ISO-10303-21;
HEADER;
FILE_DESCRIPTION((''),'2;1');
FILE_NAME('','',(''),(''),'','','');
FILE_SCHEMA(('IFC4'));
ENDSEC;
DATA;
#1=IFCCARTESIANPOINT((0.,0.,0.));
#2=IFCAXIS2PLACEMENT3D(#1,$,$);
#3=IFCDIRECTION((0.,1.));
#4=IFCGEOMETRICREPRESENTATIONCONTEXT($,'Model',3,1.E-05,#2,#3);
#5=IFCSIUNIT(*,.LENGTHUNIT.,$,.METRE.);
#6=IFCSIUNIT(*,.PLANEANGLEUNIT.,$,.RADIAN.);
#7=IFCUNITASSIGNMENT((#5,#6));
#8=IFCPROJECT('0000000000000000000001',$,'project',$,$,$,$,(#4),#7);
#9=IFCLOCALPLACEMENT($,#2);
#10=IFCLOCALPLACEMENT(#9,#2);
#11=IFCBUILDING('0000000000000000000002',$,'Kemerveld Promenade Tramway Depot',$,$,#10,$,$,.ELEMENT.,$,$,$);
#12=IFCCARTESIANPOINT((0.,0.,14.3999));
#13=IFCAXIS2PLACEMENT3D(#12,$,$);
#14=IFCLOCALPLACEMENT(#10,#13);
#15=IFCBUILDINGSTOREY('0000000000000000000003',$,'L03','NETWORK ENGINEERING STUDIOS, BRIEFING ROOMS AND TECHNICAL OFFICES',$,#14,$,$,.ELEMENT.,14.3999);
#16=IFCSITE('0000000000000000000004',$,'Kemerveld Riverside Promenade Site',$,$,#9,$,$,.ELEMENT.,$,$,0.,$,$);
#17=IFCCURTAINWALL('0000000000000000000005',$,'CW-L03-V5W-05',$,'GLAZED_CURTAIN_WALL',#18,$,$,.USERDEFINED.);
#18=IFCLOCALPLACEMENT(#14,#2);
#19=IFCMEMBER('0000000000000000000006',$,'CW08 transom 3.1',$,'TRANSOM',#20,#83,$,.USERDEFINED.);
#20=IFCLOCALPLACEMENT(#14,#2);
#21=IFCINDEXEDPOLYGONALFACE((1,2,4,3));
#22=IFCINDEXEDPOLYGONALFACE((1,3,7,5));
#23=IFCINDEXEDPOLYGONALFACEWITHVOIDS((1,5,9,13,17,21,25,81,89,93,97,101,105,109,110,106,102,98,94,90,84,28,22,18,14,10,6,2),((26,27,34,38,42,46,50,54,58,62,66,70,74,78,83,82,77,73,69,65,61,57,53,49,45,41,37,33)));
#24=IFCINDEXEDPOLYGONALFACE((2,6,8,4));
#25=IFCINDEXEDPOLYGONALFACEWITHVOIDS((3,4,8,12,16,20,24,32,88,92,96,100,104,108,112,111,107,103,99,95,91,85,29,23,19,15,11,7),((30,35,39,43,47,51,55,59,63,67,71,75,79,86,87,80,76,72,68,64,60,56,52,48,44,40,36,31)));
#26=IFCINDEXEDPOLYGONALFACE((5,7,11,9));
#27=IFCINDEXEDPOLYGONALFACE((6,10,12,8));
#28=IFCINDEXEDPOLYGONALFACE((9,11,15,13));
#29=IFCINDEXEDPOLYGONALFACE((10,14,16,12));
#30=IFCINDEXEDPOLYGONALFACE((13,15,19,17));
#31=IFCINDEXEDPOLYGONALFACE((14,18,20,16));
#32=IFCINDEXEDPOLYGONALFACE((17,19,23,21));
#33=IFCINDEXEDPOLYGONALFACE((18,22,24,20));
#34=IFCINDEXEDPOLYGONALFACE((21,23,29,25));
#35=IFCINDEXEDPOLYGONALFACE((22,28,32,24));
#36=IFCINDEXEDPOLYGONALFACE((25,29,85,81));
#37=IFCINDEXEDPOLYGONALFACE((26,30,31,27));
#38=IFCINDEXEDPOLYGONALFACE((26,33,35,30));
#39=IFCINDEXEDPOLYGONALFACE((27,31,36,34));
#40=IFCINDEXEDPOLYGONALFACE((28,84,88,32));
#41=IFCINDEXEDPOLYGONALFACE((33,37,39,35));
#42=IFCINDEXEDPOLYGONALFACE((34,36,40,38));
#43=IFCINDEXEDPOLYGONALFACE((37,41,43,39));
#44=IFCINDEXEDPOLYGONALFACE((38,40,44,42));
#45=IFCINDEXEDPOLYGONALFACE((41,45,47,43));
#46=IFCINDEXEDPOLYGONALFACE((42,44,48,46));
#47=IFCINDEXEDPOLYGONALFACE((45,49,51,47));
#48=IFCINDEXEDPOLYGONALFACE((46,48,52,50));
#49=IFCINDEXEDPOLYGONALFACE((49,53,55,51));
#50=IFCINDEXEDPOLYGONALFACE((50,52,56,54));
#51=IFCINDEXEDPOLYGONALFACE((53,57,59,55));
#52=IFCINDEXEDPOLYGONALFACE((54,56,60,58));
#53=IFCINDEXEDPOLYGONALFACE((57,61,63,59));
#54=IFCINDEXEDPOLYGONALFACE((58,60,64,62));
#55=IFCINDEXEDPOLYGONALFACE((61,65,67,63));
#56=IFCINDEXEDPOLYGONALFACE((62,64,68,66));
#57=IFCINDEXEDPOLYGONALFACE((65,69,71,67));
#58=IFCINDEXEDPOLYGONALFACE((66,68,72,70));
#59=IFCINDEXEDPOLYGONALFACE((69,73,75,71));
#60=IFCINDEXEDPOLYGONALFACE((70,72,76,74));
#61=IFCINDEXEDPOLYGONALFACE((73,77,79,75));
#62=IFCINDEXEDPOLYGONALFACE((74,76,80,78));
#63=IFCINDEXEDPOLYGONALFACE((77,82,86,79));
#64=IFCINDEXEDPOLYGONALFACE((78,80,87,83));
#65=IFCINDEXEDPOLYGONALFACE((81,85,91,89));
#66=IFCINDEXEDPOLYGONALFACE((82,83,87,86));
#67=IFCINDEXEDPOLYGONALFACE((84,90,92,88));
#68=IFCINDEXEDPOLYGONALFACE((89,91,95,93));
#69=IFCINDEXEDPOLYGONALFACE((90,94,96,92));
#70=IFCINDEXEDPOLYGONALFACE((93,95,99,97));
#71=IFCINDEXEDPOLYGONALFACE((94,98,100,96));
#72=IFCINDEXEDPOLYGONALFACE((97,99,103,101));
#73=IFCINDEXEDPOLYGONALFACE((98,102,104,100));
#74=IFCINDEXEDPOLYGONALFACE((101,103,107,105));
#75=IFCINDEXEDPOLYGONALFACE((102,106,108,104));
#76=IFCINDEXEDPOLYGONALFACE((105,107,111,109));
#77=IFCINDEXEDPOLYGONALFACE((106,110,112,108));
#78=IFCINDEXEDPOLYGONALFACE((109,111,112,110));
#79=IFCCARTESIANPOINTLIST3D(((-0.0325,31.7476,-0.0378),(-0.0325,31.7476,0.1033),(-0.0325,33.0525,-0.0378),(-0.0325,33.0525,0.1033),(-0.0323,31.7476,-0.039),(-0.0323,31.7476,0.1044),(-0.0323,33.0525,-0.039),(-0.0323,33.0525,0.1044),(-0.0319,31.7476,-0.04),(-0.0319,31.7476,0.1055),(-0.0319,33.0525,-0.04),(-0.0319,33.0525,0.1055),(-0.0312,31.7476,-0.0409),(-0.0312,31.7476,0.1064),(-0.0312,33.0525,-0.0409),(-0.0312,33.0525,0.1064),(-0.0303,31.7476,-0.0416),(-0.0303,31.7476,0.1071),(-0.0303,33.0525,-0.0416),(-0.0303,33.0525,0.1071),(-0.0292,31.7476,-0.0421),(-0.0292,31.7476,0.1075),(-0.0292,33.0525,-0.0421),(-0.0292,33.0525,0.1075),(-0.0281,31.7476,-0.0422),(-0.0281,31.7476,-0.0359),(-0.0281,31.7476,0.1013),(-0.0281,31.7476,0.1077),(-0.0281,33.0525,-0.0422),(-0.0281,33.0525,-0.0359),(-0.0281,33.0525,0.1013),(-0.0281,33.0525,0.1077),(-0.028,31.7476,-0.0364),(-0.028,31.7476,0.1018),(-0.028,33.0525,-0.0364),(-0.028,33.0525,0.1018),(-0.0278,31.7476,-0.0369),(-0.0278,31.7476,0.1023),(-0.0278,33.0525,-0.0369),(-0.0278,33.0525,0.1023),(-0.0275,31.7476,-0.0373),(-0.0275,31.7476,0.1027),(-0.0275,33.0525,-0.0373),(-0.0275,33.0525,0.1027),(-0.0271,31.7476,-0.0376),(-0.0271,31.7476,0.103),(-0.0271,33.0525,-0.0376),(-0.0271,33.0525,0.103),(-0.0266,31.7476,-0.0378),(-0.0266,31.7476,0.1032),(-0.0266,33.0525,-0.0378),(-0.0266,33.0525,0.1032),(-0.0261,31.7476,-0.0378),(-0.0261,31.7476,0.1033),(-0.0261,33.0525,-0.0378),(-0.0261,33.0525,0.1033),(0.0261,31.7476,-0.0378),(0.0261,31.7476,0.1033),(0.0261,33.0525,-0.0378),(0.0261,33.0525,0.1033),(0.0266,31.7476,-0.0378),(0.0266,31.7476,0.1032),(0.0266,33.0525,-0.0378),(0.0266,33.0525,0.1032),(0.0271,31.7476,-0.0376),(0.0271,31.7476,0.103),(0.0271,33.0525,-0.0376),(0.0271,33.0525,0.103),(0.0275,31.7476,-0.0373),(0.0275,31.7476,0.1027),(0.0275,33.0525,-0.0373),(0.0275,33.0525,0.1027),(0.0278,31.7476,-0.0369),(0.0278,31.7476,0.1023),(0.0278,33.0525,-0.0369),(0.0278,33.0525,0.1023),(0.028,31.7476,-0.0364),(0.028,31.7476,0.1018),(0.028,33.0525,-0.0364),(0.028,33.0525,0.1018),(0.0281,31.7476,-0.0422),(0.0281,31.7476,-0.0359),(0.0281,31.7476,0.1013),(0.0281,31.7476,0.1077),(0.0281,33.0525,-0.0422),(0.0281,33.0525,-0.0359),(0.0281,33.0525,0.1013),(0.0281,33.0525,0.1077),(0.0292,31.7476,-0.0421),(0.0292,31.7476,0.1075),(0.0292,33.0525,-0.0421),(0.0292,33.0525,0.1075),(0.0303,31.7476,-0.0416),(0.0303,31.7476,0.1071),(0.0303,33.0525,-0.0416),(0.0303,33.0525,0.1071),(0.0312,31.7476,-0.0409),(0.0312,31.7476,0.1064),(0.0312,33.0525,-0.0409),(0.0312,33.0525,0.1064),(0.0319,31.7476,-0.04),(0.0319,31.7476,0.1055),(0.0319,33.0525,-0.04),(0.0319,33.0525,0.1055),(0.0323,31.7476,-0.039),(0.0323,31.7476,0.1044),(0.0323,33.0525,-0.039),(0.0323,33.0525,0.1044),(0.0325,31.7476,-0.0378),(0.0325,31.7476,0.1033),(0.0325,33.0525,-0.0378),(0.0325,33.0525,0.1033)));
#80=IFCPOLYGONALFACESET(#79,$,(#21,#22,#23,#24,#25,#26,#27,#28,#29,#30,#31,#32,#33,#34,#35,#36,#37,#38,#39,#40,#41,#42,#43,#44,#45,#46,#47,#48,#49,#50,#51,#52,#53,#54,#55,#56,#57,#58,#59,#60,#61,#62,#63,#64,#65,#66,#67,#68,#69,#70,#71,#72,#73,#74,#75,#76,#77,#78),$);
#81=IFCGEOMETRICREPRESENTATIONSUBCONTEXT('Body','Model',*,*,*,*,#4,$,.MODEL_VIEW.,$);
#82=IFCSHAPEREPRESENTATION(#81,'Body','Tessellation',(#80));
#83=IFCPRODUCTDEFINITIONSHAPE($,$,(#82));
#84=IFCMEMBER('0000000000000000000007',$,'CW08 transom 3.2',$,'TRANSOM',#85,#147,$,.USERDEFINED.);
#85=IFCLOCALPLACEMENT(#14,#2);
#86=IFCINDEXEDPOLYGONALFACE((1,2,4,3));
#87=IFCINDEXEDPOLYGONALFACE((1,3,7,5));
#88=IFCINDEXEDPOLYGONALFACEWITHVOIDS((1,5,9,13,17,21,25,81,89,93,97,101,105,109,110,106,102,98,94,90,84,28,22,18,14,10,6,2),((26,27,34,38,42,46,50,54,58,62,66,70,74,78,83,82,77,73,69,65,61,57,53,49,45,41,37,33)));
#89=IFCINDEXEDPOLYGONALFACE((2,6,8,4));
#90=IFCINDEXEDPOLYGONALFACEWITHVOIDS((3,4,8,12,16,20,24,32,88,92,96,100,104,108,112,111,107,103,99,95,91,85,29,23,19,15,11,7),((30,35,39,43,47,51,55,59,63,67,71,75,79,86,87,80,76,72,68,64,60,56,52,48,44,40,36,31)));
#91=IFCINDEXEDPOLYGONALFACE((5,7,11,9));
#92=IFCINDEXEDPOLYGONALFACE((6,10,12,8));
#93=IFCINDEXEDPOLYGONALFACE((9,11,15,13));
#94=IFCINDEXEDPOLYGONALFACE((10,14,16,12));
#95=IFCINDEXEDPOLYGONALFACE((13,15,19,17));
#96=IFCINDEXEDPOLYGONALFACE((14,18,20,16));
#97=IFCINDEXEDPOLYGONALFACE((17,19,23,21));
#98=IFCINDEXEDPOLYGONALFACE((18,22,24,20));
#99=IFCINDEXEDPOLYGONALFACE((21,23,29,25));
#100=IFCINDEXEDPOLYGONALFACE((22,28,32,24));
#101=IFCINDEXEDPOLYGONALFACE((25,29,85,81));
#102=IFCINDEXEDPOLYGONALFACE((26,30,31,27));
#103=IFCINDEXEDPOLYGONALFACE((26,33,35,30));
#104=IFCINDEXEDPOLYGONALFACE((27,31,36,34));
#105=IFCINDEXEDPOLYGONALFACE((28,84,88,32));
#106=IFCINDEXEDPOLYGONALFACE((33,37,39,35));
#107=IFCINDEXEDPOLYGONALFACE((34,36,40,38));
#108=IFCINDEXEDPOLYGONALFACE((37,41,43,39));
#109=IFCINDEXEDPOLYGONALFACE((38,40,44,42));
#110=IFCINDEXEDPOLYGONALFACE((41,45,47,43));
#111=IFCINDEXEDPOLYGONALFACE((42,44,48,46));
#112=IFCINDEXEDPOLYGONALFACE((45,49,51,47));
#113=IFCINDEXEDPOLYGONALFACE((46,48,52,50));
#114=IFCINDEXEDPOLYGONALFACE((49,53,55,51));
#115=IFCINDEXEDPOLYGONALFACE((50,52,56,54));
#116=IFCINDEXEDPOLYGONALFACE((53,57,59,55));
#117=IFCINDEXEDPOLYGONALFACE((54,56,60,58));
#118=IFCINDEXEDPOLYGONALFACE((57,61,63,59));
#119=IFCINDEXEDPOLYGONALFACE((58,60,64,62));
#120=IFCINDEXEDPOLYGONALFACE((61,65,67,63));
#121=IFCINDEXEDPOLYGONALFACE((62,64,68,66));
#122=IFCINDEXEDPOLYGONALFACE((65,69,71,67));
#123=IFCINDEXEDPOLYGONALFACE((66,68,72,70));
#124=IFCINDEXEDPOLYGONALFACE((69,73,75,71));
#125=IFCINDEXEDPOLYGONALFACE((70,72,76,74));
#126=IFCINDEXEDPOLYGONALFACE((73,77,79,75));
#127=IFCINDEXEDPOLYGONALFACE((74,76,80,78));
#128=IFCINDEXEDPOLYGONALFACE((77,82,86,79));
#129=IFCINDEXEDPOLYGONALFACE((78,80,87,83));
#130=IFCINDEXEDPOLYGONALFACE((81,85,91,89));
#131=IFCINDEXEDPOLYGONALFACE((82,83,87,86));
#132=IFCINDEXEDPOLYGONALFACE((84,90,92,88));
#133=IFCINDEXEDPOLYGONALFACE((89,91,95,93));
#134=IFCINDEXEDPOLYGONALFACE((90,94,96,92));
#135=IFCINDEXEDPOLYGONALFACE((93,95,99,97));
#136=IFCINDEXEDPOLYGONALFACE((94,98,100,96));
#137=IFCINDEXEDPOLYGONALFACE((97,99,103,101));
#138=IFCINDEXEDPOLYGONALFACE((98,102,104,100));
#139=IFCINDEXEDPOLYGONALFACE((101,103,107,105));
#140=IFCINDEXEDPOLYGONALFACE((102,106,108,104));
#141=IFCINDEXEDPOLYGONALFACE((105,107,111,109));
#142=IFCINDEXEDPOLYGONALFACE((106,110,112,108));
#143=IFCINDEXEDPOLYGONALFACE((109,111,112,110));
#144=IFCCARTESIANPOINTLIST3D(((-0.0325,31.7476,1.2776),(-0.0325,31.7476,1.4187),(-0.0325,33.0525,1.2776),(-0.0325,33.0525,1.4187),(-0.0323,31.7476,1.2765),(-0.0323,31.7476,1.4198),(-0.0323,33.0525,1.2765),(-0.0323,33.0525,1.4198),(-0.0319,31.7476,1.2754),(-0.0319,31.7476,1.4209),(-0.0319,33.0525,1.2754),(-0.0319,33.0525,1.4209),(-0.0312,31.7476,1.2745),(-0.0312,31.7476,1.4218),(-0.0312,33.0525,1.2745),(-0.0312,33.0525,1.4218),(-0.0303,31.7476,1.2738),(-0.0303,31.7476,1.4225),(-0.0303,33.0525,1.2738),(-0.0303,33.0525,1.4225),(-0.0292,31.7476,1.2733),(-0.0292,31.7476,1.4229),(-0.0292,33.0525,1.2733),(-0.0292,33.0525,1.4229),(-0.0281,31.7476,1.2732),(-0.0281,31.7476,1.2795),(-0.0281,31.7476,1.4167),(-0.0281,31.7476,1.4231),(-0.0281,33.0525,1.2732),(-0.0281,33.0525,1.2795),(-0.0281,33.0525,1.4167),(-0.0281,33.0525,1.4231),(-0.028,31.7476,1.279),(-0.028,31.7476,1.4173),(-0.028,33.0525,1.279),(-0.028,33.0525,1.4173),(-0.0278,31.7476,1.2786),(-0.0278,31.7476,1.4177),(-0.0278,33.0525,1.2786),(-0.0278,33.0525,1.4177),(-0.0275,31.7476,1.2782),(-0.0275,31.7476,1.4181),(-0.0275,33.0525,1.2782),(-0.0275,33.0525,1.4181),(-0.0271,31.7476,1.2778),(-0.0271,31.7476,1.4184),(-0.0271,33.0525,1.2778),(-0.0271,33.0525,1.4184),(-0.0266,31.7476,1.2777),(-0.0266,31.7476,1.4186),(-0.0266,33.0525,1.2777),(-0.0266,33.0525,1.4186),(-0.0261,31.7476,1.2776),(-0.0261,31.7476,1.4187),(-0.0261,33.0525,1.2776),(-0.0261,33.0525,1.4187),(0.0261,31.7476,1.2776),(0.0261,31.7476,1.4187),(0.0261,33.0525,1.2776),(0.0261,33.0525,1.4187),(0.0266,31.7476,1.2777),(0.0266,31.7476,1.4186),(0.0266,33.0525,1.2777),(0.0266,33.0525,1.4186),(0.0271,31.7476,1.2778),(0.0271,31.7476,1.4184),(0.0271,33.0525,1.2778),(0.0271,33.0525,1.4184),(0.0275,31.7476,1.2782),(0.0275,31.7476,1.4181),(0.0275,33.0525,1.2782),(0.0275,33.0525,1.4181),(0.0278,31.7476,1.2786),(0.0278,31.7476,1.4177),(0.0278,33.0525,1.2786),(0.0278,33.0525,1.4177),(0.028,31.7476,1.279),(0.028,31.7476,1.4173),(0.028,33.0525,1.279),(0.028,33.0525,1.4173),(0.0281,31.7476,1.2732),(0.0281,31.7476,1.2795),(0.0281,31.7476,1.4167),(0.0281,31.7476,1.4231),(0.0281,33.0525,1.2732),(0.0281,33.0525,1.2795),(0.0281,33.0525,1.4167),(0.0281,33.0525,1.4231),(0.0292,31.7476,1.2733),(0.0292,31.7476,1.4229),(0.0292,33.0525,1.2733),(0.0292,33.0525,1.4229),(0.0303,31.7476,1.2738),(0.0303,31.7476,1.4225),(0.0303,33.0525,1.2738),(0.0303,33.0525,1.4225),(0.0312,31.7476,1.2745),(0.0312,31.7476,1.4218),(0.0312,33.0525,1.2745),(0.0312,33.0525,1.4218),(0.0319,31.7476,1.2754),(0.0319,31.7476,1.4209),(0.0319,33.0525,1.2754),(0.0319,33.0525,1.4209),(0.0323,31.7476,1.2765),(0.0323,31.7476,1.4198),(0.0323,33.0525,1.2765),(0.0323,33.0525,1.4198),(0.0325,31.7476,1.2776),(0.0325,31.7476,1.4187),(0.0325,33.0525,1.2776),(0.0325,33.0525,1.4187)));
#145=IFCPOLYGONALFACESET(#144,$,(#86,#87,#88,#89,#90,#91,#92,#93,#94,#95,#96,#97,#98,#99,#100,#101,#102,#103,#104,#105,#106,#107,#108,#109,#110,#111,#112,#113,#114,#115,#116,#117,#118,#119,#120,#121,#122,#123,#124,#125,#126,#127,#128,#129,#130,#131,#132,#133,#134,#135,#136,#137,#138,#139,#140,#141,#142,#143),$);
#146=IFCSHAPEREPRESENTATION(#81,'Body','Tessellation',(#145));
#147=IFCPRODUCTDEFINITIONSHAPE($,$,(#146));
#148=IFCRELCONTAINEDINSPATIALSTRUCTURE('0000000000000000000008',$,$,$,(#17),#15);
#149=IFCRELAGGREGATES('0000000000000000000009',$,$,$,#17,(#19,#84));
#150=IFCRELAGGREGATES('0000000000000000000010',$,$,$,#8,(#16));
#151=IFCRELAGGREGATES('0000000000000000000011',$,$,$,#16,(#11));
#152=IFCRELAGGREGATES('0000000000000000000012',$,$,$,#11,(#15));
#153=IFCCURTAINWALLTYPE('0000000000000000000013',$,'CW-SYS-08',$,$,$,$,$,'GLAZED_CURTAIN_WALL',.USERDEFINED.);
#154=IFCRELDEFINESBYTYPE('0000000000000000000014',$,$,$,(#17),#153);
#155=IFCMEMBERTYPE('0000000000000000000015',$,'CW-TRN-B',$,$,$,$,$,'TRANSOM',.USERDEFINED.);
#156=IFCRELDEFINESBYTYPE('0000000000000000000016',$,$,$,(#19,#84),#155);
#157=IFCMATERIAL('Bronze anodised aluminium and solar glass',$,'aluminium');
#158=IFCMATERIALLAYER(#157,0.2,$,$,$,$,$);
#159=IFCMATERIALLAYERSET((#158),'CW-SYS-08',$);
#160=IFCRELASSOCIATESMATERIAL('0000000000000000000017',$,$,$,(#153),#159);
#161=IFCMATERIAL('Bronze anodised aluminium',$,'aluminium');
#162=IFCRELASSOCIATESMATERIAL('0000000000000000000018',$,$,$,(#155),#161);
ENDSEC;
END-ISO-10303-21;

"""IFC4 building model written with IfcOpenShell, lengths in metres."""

from ifc_helpers import new_model, si_unit, direction, frame, origin, origin_2d, place, context, subcontext, project, spatial, hollow_rectangle, extrude, material, layer, layer_set, material_profile, profile_set, type_object, element, aggregate, save


model = new_model("IFC4")

# Units and contexts
model_context = context("Model", 3, precision=1e-05, world=origin(), true_north=direction((0.0, 1.0)))
body_context = subcontext(model_context, "Body", "Model", "MODEL_VIEW")
ifc_project = project(units=[si_unit("LENGTHUNIT", "METRE"), si_unit("PLANEANGLEUNIT", "RADIAN")], contexts=[model_context])

# Site, building, storey
site_placement = place(None, origin())
site = spatial("IfcSite", under=ifc_project, at=site_placement, Name="Kemerveld Riverside Promenade Site", CompositionType="ELEMENT", RefElevation=0.0)
building_placement = place(site_placement, origin())
building = spatial("IfcBuilding", under=site, at=building_placement, Name="Kemerveld Promenade Tramway Depot", CompositionType="ELEMENT")
storey_placement = place(building_placement, frame((0.0, 0.0, 14.3999)))
storey = spatial("IfcBuildingStorey", under=building, at=storey_placement, Name="L03", Description="NETWORK ENGINEERING STUDIOS, BRIEFING ROOMS AND TECHNICAL OFFICES", CompositionType="ELEMENT", Elevation=14.3999)

# Curtain wall, members
ifc_material_1 = material(Name="Bronze anodised aluminium and solar glass", Category="aluminium")
ifc_layer_1 = layer(ifc_material_1, 0.2)
ifc_layer_set_1 = layer_set([ifc_layer_1], Name="CW-SYS-08")
curtain_wall_type = type_object("IfcCurtainWallType", Name="CW-SYS-08", ElementType="GLAZED_CURTAIN_WALL", PredefinedType="USERDEFINED", material=ifc_layer_set_1)
curtain_wall_placement = place(storey_placement, origin())
curtain_wall = element("IfcCurtainWall", 1, at=curtain_wall_placement, inside=storey, type_object=curtain_wall_type, Name="CW-L03-V5W-05", ObjectType="GLAZED_CURTAIN_WALL", PredefinedType="USERDEFINED")
ifc_material_2 = material(Name="Bronze anodised aluminium", Category="aluminium")
ifc_material_profile_1 = material_profile(ifc_material_2, hollow_rectangle(XDim=0.0649, YDim=0.1499, WallThickness=0.0044, InnerFilletRadius=0.002, OuterFilletRadius=0.0044, at=origin_2d()), Name="CW-TRN-150x65")
ifc_profile_set_1 = profile_set([ifc_material_profile_1], Name="Bronze anodised aluminium")
member_type_1 = type_object("IfcMemberType", Name="CW-TRN-B", ElementType="TRANSOM", PredefinedType="USERDEFINED", material=ifc_profile_set_1)
member_1_placement = place(storey_placement, frame((0.0, 31.7476, 0.0327), z_axis=(0.0, 1.0, 0.0), x_axis=(-1.0, 0.0, 0.0)))
member_1 = element("IfcMember", 2, at=member_1_placement, type_object=member_type_1, Name="CW08 transom 3.1", ObjectType="TRANSOM", PredefinedType="USERDEFINED", context=body_context, shape_type="SweptSolid", body=[
    extrude(hollow_rectangle(XDim=0.0649, YDim=0.1499, WallThickness=0.0044, InnerFilletRadius=0.002, OuterFilletRadius=0.0044, at=origin_2d()), origin(), (0.0, 0.0, 1.0), 1.3049),
])
member_2_placement = place(storey_placement, frame((0.0, 31.7476, 1.3481), z_axis=(0.0, 1.0, 0.0), x_axis=(-1.0, 0.0, 0.0)))
member_2 = element("IfcMember", 3, at=member_2_placement, type_object=member_type_1, Name="CW08 transom 3.2", ObjectType="TRANSOM", PredefinedType="USERDEFINED", context=body_context, shape_type="SweptSolid", body=[
    extrude(hollow_rectangle(XDim=0.0649, YDim=0.1499, WallThickness=0.0044, InnerFilletRadius=0.002, OuterFilletRadius=0.0044, at=origin_2d()), origin(), (0.0, 0.0, 1.0), 1.3049),
])
aggregate(curtain_wall, [member_1, member_2])

save(model, "model.ifc")
